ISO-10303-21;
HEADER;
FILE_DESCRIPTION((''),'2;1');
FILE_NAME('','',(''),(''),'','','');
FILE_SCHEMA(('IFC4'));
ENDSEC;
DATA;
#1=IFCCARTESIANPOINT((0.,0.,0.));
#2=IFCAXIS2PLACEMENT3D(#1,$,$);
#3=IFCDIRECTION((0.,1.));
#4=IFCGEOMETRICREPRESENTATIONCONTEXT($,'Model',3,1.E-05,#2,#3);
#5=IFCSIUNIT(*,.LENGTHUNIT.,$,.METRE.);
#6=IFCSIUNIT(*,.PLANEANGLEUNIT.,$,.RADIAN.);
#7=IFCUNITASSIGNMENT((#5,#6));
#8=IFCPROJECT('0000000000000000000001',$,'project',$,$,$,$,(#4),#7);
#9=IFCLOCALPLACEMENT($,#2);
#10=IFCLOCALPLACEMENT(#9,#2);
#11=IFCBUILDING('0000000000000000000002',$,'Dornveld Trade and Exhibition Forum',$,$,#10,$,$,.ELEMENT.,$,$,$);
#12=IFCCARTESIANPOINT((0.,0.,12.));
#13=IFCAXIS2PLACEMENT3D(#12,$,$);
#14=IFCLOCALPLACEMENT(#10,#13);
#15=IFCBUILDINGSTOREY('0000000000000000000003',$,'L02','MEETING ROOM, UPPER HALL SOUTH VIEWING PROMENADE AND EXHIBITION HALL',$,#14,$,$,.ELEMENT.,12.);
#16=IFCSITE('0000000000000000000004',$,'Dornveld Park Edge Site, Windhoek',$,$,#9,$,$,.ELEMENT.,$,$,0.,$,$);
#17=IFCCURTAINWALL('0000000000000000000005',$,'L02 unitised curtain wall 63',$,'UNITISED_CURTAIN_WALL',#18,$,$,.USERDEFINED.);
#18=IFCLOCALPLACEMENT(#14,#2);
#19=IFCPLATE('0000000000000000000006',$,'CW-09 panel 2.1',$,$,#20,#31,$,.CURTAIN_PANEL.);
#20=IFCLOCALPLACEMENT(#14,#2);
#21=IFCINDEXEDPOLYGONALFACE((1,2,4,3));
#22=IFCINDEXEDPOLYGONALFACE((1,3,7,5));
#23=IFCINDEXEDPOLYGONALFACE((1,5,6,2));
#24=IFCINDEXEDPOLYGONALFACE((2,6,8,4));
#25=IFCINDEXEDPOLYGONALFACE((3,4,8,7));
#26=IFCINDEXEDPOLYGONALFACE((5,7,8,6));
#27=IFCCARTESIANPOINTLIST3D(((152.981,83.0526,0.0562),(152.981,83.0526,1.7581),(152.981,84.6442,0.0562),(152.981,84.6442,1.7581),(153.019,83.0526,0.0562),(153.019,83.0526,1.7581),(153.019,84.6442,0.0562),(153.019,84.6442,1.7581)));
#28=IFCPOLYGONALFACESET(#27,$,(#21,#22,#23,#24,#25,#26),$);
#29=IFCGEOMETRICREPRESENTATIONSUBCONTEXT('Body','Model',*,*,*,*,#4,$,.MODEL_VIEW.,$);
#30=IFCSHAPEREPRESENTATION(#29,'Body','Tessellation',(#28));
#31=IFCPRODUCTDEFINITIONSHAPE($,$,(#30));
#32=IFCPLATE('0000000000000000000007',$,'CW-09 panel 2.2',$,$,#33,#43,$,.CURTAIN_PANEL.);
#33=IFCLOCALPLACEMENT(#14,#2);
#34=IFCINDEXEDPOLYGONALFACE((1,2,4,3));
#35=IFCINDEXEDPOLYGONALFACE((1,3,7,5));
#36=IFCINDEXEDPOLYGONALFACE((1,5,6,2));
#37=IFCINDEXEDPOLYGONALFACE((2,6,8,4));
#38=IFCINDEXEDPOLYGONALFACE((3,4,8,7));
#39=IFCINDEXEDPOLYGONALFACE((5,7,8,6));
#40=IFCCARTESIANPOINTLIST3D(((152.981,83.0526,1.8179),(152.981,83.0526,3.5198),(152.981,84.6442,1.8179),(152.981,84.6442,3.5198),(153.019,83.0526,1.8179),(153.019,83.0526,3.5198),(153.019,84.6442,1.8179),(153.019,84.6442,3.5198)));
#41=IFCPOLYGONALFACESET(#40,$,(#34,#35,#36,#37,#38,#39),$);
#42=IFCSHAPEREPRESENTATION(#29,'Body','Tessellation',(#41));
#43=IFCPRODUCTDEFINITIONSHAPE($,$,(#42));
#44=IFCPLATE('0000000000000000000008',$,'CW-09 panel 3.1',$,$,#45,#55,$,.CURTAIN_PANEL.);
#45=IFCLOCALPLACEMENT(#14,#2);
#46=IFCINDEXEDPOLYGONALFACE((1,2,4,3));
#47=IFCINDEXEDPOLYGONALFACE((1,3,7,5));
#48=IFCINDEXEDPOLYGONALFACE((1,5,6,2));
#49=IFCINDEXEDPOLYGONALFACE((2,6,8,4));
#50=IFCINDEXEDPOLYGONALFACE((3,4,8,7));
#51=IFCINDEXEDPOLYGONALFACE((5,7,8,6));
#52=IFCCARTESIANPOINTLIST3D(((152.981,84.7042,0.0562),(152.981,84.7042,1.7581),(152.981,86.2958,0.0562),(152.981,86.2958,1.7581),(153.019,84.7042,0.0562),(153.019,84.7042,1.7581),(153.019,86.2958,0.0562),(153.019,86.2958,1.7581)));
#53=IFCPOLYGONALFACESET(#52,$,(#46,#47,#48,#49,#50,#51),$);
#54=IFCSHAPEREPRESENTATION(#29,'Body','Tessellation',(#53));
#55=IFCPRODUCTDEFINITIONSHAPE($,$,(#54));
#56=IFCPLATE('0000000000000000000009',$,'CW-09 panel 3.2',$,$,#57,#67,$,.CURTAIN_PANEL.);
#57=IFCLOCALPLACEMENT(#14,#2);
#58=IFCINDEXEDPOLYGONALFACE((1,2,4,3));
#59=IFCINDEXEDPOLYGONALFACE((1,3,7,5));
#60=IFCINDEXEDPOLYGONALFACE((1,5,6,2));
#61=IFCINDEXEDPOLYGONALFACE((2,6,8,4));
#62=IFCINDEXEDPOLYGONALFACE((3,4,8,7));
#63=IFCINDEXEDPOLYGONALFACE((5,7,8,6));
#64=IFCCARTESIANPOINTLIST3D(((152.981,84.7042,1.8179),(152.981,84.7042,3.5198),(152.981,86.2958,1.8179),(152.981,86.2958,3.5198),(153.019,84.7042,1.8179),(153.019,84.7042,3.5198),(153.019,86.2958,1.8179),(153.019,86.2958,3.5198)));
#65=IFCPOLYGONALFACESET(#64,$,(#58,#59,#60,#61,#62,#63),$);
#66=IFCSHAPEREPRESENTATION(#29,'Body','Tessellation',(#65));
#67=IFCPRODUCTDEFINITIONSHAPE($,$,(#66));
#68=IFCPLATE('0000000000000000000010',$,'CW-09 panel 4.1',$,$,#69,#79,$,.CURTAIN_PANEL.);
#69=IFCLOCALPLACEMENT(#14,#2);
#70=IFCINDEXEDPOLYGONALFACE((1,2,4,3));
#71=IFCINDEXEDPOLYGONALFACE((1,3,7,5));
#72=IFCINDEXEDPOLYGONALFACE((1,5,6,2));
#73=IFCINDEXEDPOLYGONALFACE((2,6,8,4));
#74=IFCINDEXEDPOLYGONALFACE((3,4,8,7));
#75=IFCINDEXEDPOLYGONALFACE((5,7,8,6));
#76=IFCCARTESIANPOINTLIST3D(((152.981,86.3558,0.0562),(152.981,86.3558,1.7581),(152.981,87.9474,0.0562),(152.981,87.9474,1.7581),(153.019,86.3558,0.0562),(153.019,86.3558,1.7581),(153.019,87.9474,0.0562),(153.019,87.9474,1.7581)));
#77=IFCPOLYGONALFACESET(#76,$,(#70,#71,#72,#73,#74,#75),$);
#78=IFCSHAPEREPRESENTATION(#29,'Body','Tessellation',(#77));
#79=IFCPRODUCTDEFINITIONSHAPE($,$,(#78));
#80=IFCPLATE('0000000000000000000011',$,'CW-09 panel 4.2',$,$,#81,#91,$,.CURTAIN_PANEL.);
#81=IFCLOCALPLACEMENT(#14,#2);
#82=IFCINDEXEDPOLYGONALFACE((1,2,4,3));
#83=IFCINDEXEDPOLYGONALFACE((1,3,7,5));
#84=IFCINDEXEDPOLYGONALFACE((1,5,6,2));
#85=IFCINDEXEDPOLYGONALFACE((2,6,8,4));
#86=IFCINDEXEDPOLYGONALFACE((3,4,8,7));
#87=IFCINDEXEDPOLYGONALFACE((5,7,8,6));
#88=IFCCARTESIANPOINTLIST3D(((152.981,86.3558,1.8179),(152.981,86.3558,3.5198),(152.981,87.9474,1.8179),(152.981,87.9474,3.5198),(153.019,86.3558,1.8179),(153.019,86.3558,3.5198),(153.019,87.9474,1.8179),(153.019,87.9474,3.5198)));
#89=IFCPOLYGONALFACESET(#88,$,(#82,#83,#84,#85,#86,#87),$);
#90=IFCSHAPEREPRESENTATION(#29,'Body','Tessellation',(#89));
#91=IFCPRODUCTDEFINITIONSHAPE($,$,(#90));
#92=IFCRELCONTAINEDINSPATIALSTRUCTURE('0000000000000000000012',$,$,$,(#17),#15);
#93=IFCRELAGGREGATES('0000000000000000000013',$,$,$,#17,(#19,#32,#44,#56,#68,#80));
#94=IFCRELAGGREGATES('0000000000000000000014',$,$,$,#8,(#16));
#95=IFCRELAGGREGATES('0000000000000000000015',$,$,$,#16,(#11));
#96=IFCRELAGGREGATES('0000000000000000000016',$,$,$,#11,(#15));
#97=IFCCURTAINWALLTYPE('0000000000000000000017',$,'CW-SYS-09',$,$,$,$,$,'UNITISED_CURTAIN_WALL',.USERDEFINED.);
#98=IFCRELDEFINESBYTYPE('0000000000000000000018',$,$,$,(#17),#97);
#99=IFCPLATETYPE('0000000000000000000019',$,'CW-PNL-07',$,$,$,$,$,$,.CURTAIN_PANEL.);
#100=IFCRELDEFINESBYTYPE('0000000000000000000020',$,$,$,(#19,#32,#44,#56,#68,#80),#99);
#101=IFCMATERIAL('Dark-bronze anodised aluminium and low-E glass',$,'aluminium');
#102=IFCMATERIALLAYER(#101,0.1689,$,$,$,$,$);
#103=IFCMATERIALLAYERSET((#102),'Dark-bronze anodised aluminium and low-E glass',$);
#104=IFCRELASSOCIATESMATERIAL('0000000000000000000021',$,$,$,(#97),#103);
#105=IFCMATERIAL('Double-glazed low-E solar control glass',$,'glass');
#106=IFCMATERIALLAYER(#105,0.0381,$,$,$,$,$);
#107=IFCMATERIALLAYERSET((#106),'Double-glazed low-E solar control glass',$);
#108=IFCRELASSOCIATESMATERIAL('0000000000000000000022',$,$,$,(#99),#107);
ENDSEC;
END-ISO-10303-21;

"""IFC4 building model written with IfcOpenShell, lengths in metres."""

from ifc_helpers import new_model, si_unit, direction, frame, origin, origin_2d, place, context, subcontext, project, spatial, rectangle, extrude, material, layer, layer_set, type_object, element, aggregate, save


model = new_model("IFC4")

# Units and contexts
model_context = context("Model", 3, precision=1e-05, world=origin(), true_north=direction((0.0, 1.0)))
body_context = subcontext(model_context, "Body", "Model", "MODEL_VIEW")
ifc_project = project(units=[si_unit("LENGTHUNIT", "METRE"), si_unit("PLANEANGLEUNIT", "RADIAN")], contexts=[model_context])

# Site, building, storey
site_placement = place(None, origin())
site = spatial("IfcSite", under=ifc_project, at=site_placement, Name="Dornveld Park Edge Site, Windhoek", CompositionType="ELEMENT", RefElevation=0.0)
building_placement = place(site_placement, origin())
building = spatial("IfcBuilding", under=site, at=building_placement, Name="Dornveld Trade and Exhibition Forum", CompositionType="ELEMENT")
storey_placement = place(building_placement, frame((0.0, 0.0, 12.0)))
storey = spatial("IfcBuildingStorey", under=building, at=storey_placement, Name="L02", Description="MEETING ROOM, UPPER HALL SOUTH VIEWING PROMENADE AND EXHIBITION HALL", CompositionType="ELEMENT", Elevation=12.0)

# Curtain wall, plates
ifc_material_1 = material(Name="Dark-bronze anodised aluminium and low-E glass", Category="aluminium")
ifc_layer_1 = layer(ifc_material_1, 0.1689)
ifc_layer_set_1 = layer_set([ifc_layer_1], Name="Dark-bronze anodised aluminium and low-E glass")
curtain_wall_type = type_object("IfcCurtainWallType", Name="CW-SYS-09", ElementType="UNITISED_CURTAIN_WALL", PredefinedType="USERDEFINED", material=ifc_layer_set_1)
curtain_wall_placement = place(storey_placement, origin())
curtain_wall = element("IfcCurtainWall", 1, at=curtain_wall_placement, inside=storey, type_object=curtain_wall_type, Name="L02 unitised curtain wall 63", ObjectType="UNITISED_CURTAIN_WALL", PredefinedType="USERDEFINED")
ifc_material_2 = material(Name="Double-glazed low-E solar control glass", Category="glass")
ifc_layer_2 = layer(ifc_material_2, 0.0381)
ifc_layer_set_2 = layer_set([ifc_layer_2], Name="Double-glazed low-E solar control glass")
plate_type = type_object("IfcPlateType", Name="CW-PNL-07", PredefinedType="CURTAIN_PANEL", material=ifc_layer_set_2)
plate_1_placement = place(storey_placement, frame((153.0, 83.8484, 0.0562), z_axis=(0.0, 0.0, 1.0), x_axis=(0.0, 1.0, 0.0)))
plate_1 = element("IfcPlate", 2, at=plate_1_placement, type_object=plate_type, Name="CW-09 panel 2.1", PredefinedType="CURTAIN_PANEL", context=body_context, shape_type="SweptSolid", body=[
    extrude(rectangle(XDim=1.5916, YDim=0.0381, at=origin_2d()), origin(), (0.0, 0.0, 1.0), 1.7019),
])
plate_2_placement = place(storey_placement, frame((153.0, 83.8484, 1.8179), z_axis=(0.0, 0.0, 1.0), x_axis=(0.0, 1.0, 0.0)))
plate_2 = element("IfcPlate", 3, at=plate_2_placement, type_object=plate_type, Name="CW-09 panel 2.2", PredefinedType="CURTAIN_PANEL", context=body_context, shape_type="SweptSolid", body=[
    extrude(rectangle(XDim=1.5916, YDim=0.0381, at=origin_2d()), origin(), (0.0, 0.0, 1.0), 1.7019),
])
plate_3_placement = place(storey_placement, frame((153.0, 85.5, 0.0562), z_axis=(0.0, 0.0, 1.0), x_axis=(0.0, 1.0, 0.0)))
plate_3 = element("IfcPlate", 4, at=plate_3_placement, type_object=plate_type, Name="CW-09 panel 3.1", PredefinedType="CURTAIN_PANEL", context=body_context, shape_type="SweptSolid", body=[
    extrude(rectangle(XDim=1.5916, YDim=0.0381, at=origin_2d()), origin(), (0.0, 0.0, 1.0), 1.7019),
])
plate_4_placement = place(storey_placement, frame((153.0, 85.5, 1.8179), z_axis=(0.0, 0.0, 1.0), x_axis=(0.0, 1.0, 0.0)))
plate_4 = element("IfcPlate", 5, at=plate_4_placement, type_object=plate_type, Name="CW-09 panel 3.2", PredefinedType="CURTAIN_PANEL", context=body_context, shape_type="SweptSolid", body=[
    extrude(rectangle(XDim=1.5916, YDim=0.0381, at=origin_2d()), origin(), (0.0, 0.0, 1.0), 1.7019),
])
plate_5_placement = place(storey_placement, frame((153.0, 87.1516, 0.0562), z_axis=(0.0, 0.0, 1.0), x_axis=(0.0, 1.0, 0.0)))
plate_5 = element("IfcPlate", 6, at=plate_5_placement, type_object=plate_type, Name="CW-09 panel 4.1", PredefinedType="CURTAIN_PANEL", context=body_context, shape_type="SweptSolid", body=[
    extrude(rectangle(XDim=1.5916, YDim=0.0381, at=origin_2d()), origin(), (0.0, 0.0, 1.0), 1.7019),
])
plate_6_placement = place(storey_placement, frame((153.0, 87.1516, 1.8179), z_axis=(0.0, 0.0, 1.0), x_axis=(0.0, 1.0, 0.0)))
plate_6 = element("IfcPlate", 7, at=plate_6_placement, type_object=plate_type, Name="CW-09 panel 4.2", PredefinedType="CURTAIN_PANEL", context=body_context, shape_type="SweptSolid", body=[
    extrude(rectangle(XDim=1.5916, YDim=0.0381, at=origin_2d()), origin(), (0.0, 0.0, 1.0), 1.7019),
])
aggregate(curtain_wall, [plate_1, plate_2, plate_3, plate_4, plate_5, plate_6])

save(model, "model.ifc")
